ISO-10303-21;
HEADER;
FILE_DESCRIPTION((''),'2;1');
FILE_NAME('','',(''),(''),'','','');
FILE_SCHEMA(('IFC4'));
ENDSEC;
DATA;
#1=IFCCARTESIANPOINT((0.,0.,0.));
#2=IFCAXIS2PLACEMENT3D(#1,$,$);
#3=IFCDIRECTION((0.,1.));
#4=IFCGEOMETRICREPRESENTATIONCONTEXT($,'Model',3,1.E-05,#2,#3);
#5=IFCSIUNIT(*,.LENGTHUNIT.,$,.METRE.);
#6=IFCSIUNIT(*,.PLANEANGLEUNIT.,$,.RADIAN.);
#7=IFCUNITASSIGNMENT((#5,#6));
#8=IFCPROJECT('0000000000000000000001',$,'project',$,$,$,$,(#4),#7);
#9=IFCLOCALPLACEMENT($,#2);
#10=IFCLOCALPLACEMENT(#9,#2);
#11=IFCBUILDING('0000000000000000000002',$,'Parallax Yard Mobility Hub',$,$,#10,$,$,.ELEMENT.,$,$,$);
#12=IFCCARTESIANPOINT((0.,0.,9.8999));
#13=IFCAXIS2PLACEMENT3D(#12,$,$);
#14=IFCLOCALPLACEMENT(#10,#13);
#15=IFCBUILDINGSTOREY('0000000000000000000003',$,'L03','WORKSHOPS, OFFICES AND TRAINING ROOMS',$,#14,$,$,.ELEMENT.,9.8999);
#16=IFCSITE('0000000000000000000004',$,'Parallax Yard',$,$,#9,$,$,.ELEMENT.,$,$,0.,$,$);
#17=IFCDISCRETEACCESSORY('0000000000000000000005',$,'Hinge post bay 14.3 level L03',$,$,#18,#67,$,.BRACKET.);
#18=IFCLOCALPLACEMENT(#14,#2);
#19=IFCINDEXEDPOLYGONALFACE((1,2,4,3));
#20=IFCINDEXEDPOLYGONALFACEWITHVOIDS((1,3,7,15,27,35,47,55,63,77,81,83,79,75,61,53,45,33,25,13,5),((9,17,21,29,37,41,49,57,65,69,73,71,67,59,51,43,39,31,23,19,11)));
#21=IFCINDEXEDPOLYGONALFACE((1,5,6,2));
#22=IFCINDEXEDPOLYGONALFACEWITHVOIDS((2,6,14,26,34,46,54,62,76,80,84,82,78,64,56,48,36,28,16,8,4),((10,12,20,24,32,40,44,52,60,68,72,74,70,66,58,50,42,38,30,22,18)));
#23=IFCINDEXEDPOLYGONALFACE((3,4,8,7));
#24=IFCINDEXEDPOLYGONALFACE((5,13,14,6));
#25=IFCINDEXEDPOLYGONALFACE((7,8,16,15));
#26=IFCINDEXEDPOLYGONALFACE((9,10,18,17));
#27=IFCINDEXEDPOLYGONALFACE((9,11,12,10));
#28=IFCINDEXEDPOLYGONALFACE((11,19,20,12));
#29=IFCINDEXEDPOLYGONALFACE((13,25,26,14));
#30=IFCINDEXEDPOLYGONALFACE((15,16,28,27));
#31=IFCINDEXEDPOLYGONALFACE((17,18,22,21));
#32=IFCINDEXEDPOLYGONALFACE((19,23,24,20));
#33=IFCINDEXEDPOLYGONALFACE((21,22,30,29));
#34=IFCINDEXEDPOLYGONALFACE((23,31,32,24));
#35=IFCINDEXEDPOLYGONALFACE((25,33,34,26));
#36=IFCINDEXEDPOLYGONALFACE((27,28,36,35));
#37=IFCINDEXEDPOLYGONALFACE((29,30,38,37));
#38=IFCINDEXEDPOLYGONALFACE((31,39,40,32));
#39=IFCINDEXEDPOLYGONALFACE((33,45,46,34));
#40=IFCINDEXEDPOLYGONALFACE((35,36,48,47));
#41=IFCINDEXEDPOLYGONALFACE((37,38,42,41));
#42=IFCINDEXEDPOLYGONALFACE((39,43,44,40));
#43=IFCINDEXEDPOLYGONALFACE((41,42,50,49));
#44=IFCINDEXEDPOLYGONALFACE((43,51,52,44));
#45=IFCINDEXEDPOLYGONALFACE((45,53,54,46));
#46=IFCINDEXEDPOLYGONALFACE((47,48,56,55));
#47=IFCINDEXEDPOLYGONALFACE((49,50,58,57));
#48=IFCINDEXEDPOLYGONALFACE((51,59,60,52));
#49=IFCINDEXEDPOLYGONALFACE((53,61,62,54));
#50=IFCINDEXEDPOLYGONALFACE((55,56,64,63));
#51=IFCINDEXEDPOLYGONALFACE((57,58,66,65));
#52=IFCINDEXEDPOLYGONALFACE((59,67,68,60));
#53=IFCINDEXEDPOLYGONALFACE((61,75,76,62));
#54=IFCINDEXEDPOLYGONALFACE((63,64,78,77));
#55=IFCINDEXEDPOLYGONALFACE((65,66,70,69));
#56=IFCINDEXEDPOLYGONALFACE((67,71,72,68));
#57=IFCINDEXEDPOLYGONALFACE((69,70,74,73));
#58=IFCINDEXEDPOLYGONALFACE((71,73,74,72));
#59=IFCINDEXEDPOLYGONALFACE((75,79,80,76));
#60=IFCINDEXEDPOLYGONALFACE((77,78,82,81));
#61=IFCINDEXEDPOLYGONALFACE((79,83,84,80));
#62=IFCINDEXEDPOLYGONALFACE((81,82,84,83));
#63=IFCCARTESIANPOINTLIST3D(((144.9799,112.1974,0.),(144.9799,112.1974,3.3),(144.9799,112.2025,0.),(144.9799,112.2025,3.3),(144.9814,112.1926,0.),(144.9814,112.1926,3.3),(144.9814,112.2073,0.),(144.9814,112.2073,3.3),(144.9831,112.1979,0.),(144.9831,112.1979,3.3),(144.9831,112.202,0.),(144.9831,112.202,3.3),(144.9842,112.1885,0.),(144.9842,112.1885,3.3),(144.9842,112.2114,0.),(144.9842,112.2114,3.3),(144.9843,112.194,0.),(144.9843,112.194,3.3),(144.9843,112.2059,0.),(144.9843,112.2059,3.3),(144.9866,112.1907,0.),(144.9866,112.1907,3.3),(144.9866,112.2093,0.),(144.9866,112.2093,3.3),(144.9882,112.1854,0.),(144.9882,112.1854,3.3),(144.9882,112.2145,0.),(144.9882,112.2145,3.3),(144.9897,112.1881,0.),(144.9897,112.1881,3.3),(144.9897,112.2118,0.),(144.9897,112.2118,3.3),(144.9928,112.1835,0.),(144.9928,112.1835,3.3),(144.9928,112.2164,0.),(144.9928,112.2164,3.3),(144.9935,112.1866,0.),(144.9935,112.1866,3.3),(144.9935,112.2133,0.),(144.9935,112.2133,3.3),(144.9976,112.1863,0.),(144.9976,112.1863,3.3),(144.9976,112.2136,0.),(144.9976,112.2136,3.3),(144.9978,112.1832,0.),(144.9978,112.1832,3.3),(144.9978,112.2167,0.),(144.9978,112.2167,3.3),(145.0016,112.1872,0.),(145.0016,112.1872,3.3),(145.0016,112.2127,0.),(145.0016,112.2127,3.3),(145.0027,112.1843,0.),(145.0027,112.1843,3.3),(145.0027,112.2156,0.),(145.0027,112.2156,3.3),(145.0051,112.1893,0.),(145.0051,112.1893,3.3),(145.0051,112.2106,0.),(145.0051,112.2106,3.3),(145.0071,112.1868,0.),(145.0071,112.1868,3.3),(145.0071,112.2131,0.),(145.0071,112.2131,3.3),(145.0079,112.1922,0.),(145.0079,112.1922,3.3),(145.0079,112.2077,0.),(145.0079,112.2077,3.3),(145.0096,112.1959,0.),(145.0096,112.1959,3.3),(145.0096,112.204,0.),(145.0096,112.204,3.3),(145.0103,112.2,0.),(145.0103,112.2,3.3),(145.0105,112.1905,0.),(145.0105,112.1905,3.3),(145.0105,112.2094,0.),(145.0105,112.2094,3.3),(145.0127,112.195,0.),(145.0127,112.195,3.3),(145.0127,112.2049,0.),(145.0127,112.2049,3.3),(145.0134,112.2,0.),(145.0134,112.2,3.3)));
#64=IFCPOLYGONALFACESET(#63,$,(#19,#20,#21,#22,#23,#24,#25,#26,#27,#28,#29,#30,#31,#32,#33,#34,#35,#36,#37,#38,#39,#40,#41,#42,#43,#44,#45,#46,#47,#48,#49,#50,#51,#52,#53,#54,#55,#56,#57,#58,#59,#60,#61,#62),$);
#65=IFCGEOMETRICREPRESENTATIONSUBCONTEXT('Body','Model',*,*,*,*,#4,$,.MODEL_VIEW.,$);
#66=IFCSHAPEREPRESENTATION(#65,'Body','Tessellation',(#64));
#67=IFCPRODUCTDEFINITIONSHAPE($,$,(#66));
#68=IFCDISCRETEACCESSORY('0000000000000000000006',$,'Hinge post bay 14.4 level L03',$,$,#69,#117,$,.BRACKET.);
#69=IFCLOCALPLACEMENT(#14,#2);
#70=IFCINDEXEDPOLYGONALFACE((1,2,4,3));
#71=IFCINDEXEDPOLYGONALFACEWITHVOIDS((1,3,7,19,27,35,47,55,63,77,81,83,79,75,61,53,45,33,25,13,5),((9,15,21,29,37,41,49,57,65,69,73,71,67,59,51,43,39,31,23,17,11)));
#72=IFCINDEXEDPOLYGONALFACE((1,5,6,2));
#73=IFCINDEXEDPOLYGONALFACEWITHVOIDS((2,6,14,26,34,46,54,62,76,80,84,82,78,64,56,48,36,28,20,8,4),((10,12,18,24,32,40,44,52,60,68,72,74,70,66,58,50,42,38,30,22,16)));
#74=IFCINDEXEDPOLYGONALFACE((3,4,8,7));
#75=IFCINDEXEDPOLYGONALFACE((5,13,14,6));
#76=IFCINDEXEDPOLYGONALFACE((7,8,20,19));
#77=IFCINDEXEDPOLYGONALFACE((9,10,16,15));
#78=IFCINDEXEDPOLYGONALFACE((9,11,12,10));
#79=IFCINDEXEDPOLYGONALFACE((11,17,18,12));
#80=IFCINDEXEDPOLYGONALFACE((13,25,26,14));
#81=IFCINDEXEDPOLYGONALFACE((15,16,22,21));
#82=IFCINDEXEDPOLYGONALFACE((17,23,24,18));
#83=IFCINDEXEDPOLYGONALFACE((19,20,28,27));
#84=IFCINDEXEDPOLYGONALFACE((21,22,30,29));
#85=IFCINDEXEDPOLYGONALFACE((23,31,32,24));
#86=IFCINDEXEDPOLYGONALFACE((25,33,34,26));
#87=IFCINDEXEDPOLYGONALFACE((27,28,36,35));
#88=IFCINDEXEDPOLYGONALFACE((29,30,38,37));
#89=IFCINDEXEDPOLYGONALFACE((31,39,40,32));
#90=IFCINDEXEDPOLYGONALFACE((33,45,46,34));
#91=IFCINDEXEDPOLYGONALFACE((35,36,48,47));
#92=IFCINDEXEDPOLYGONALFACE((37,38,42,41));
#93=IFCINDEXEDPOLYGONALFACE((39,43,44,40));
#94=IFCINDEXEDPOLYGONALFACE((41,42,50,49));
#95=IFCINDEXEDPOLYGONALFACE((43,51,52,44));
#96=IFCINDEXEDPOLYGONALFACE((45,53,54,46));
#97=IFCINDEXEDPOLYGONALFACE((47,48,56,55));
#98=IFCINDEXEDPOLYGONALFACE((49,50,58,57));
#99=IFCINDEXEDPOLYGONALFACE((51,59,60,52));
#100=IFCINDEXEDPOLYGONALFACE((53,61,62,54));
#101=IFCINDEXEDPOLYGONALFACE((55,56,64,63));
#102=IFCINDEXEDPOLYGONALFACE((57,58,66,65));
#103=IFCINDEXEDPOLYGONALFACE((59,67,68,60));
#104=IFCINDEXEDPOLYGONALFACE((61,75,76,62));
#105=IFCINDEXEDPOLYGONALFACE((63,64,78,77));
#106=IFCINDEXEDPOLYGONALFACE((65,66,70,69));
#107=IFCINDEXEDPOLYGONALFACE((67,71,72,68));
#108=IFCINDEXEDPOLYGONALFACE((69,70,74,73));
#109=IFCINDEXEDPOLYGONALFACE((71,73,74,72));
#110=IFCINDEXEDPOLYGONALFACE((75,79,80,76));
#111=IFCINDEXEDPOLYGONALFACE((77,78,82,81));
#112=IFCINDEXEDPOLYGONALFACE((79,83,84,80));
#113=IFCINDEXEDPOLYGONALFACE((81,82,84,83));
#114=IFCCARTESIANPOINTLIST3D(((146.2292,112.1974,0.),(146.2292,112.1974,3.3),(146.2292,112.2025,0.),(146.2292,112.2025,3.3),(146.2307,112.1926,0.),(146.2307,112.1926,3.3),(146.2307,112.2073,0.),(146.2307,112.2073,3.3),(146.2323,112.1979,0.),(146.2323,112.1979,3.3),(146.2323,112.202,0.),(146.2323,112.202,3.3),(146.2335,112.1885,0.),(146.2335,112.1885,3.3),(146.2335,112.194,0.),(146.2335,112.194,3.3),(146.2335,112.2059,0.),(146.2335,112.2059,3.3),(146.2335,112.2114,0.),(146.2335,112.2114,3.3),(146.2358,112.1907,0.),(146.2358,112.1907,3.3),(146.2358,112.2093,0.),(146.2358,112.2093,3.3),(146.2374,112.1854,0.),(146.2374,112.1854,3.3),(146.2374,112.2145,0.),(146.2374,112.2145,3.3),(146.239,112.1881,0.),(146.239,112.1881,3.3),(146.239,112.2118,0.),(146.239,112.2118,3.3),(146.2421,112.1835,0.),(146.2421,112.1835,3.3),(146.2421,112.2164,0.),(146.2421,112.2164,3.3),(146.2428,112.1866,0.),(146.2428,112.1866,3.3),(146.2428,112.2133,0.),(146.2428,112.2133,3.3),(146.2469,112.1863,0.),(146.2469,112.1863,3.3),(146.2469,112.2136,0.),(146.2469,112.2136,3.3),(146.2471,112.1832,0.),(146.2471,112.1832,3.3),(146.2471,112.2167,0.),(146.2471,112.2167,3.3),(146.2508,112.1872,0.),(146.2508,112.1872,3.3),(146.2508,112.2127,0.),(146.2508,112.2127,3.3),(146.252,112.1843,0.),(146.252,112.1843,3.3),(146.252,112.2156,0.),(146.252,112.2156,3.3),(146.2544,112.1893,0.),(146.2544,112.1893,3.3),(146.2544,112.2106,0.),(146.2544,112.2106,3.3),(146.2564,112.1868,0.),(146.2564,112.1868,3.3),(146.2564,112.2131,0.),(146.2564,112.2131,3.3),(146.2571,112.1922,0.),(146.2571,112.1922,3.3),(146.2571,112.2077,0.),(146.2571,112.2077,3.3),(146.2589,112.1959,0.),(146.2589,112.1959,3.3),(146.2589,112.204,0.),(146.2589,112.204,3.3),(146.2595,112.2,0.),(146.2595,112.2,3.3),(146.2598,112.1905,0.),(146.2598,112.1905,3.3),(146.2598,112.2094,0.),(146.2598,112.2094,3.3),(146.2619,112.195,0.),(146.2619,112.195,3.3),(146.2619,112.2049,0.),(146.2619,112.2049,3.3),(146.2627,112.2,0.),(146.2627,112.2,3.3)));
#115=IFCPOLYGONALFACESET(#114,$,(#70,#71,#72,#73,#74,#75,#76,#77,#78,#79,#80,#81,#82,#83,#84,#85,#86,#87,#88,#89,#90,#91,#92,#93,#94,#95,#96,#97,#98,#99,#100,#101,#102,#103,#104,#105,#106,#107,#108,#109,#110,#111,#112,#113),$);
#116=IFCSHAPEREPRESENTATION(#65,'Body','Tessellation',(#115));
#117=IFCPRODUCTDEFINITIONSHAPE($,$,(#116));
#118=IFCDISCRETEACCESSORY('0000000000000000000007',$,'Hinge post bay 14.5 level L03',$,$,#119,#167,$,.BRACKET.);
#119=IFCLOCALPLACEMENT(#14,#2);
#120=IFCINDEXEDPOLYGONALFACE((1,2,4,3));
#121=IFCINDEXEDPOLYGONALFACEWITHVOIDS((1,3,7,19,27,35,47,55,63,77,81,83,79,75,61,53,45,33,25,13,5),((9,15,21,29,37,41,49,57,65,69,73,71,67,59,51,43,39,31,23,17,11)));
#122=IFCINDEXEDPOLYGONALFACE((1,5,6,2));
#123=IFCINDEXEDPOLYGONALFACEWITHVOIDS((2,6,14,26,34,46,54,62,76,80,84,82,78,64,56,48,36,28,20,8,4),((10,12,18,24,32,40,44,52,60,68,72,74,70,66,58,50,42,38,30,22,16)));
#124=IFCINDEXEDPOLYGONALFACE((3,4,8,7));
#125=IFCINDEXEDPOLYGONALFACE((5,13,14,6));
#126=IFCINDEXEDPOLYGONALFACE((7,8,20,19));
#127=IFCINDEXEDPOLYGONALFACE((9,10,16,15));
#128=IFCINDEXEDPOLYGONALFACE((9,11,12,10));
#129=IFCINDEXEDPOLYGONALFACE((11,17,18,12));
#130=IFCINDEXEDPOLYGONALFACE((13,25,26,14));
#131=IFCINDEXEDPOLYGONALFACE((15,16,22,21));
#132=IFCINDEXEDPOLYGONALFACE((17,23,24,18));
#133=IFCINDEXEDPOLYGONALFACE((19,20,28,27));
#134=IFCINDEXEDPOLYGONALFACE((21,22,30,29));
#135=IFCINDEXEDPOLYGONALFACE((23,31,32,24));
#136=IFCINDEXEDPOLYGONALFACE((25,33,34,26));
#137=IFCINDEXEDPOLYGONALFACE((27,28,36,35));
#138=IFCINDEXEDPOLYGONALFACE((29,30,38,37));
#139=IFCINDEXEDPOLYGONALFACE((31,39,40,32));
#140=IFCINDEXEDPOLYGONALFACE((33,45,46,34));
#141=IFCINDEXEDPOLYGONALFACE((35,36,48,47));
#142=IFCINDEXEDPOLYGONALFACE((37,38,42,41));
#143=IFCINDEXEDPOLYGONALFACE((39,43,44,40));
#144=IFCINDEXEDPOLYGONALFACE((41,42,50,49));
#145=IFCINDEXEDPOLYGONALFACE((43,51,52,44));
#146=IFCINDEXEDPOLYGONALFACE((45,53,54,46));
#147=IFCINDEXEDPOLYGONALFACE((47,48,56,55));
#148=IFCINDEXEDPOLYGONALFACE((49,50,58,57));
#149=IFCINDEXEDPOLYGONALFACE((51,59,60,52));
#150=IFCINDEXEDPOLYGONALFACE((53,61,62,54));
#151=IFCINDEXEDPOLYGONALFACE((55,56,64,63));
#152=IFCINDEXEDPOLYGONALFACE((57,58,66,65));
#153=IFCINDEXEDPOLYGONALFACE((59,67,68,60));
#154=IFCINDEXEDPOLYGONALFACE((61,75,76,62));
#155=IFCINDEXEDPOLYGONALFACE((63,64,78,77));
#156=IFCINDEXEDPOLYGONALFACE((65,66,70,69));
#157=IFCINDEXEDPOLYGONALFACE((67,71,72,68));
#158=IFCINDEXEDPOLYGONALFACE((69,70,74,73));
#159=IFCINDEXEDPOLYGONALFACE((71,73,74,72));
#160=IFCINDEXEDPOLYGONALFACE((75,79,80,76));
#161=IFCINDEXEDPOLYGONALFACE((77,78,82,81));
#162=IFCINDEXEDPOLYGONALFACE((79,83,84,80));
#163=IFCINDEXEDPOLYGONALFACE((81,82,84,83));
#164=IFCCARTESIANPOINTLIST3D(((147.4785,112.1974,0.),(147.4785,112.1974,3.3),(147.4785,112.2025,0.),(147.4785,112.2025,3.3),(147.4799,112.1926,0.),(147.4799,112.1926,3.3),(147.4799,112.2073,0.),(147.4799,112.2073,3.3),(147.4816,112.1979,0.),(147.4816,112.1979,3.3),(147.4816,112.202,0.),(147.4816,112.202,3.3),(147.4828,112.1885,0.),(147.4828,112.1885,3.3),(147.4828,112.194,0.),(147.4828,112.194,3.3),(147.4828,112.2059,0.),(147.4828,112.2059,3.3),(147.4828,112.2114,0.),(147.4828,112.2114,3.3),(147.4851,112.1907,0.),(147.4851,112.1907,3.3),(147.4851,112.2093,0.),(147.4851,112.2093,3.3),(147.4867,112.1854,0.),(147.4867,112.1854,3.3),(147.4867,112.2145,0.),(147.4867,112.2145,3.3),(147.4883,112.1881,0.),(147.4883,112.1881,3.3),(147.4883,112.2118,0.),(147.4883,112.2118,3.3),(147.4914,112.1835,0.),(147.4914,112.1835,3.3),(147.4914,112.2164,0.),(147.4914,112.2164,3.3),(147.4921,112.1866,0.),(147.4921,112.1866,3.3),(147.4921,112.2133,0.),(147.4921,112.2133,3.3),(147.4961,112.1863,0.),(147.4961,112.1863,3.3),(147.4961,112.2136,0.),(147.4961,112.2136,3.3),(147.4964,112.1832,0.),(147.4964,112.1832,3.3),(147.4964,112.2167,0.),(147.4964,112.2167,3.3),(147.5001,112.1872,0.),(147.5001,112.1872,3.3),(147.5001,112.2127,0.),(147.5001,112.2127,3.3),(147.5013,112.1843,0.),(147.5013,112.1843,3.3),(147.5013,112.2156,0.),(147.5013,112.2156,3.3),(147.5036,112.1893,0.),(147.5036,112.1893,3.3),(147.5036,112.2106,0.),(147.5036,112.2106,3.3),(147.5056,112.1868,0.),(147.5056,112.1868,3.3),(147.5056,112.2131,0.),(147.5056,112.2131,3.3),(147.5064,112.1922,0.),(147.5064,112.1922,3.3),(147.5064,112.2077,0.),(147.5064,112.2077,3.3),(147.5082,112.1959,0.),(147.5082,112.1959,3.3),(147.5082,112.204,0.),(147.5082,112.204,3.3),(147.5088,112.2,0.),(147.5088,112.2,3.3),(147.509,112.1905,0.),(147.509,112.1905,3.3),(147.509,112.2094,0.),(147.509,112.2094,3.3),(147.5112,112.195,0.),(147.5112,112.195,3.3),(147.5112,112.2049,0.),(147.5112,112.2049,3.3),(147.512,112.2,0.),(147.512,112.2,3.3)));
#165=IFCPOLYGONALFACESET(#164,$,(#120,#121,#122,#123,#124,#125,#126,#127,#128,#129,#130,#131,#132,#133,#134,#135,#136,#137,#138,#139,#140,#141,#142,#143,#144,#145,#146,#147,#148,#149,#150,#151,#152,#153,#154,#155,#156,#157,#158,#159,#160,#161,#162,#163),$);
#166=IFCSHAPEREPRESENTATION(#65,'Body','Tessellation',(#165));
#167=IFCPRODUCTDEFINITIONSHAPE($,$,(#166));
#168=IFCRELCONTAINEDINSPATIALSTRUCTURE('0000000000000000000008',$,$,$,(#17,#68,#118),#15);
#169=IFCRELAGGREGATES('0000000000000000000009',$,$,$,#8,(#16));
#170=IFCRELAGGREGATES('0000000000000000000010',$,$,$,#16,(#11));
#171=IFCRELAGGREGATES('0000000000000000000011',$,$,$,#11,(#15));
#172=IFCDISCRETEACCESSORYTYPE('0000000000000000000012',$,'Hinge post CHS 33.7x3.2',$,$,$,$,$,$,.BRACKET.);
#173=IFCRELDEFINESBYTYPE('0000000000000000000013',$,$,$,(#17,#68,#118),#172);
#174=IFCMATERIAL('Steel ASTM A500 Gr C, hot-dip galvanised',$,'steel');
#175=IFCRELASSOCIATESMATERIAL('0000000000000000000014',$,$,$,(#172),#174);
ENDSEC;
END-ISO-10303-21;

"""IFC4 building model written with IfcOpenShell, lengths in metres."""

from ifc_helpers import new_model, si_unit, direction, frame, origin, origin_2d, place, context, subcontext, project, spatial, hollow_circle, extrude, material, material_profile, profile_set, type_object, element, save


model = new_model("IFC4")

# Units and contexts
model_context = context("Model", 3, precision=1e-05, world=origin(), true_north=direction((0.0, 1.0)))
body_context = subcontext(model_context, "Body", "Model", "MODEL_VIEW")
ifc_project = project(units=[si_unit("LENGTHUNIT", "METRE"), si_unit("PLANEANGLEUNIT", "RADIAN")], contexts=[model_context])

# Site, building, storey
site_placement = place(None, origin())
site = spatial("IfcSite", under=ifc_project, at=site_placement, Name="Parallax Yard", CompositionType="ELEMENT", RefElevation=0.0)
building_placement = place(site_placement, origin())
building = spatial("IfcBuilding", under=site, at=building_placement, Name="Parallax Yard Mobility Hub", CompositionType="ELEMENT")
storey_placement = place(building_placement, frame((0.0, 0.0, 9.8999)))
storey = spatial("IfcBuildingStorey", under=building, at=storey_placement, Name="L03", Description="WORKSHOPS, OFFICES AND TRAINING ROOMS", CompositionType="ELEMENT", Elevation=9.8999)

# Discrete accessories
ifc_material_1 = material(Name="Steel ASTM A500 Gr C, hot-dip galvanised", Category="steel")
ifc_material_profile_1 = material_profile(ifc_material_1, hollow_circle(Radius=0.0168, WallThickness=0.0032, at=origin_2d()), Name="CHS 33.7x3.2")
ifc_profile_set_1 = profile_set([ifc_material_profile_1], Name="Steel ASTM A500 Gr C, hot-dip galvanised")
discrete_accessory_type_1 = type_object("IfcDiscreteAccessoryType", Name="Hinge post CHS 33.7x3.2", PredefinedType="BRACKET", material=ifc_profile_set_1)
for number, where, z_axis, x_axis, name in (
    (1, (144.9966, 112.2, 0.0), (0.0, 0.0, 1.0), (1.0, 0.0, 0.0), "Hinge post bay 14.3 level L03"),
    (2, (146.2458, 112.2, 0.0), (0.0, 0.0, 1.0), (1.0, 0.0, 0.0), "Hinge post bay 14.4 level L03"),
    (3, (147.4951, 112.2, 0.0), (0.0, 0.0, 1.0), (1.0, 0.0, 0.0), "Hinge post bay 14.5 level L03"),
):
    element("IfcDiscreteAccessory", number, at=place(storey_placement, frame(where, z_axis=z_axis, x_axis=x_axis)), inside=storey, type_object=discrete_accessory_type_1, Name=name, PredefinedType="BRACKET", context=body_context, shape_type="SweptSolid", body=[
        extrude(hollow_circle(Radius=0.0168, WallThickness=0.0032, at=origin_2d()), origin(), (0.0, 0.0, 1.0), 3.3),
    ])

save(model, "model.ifc")
